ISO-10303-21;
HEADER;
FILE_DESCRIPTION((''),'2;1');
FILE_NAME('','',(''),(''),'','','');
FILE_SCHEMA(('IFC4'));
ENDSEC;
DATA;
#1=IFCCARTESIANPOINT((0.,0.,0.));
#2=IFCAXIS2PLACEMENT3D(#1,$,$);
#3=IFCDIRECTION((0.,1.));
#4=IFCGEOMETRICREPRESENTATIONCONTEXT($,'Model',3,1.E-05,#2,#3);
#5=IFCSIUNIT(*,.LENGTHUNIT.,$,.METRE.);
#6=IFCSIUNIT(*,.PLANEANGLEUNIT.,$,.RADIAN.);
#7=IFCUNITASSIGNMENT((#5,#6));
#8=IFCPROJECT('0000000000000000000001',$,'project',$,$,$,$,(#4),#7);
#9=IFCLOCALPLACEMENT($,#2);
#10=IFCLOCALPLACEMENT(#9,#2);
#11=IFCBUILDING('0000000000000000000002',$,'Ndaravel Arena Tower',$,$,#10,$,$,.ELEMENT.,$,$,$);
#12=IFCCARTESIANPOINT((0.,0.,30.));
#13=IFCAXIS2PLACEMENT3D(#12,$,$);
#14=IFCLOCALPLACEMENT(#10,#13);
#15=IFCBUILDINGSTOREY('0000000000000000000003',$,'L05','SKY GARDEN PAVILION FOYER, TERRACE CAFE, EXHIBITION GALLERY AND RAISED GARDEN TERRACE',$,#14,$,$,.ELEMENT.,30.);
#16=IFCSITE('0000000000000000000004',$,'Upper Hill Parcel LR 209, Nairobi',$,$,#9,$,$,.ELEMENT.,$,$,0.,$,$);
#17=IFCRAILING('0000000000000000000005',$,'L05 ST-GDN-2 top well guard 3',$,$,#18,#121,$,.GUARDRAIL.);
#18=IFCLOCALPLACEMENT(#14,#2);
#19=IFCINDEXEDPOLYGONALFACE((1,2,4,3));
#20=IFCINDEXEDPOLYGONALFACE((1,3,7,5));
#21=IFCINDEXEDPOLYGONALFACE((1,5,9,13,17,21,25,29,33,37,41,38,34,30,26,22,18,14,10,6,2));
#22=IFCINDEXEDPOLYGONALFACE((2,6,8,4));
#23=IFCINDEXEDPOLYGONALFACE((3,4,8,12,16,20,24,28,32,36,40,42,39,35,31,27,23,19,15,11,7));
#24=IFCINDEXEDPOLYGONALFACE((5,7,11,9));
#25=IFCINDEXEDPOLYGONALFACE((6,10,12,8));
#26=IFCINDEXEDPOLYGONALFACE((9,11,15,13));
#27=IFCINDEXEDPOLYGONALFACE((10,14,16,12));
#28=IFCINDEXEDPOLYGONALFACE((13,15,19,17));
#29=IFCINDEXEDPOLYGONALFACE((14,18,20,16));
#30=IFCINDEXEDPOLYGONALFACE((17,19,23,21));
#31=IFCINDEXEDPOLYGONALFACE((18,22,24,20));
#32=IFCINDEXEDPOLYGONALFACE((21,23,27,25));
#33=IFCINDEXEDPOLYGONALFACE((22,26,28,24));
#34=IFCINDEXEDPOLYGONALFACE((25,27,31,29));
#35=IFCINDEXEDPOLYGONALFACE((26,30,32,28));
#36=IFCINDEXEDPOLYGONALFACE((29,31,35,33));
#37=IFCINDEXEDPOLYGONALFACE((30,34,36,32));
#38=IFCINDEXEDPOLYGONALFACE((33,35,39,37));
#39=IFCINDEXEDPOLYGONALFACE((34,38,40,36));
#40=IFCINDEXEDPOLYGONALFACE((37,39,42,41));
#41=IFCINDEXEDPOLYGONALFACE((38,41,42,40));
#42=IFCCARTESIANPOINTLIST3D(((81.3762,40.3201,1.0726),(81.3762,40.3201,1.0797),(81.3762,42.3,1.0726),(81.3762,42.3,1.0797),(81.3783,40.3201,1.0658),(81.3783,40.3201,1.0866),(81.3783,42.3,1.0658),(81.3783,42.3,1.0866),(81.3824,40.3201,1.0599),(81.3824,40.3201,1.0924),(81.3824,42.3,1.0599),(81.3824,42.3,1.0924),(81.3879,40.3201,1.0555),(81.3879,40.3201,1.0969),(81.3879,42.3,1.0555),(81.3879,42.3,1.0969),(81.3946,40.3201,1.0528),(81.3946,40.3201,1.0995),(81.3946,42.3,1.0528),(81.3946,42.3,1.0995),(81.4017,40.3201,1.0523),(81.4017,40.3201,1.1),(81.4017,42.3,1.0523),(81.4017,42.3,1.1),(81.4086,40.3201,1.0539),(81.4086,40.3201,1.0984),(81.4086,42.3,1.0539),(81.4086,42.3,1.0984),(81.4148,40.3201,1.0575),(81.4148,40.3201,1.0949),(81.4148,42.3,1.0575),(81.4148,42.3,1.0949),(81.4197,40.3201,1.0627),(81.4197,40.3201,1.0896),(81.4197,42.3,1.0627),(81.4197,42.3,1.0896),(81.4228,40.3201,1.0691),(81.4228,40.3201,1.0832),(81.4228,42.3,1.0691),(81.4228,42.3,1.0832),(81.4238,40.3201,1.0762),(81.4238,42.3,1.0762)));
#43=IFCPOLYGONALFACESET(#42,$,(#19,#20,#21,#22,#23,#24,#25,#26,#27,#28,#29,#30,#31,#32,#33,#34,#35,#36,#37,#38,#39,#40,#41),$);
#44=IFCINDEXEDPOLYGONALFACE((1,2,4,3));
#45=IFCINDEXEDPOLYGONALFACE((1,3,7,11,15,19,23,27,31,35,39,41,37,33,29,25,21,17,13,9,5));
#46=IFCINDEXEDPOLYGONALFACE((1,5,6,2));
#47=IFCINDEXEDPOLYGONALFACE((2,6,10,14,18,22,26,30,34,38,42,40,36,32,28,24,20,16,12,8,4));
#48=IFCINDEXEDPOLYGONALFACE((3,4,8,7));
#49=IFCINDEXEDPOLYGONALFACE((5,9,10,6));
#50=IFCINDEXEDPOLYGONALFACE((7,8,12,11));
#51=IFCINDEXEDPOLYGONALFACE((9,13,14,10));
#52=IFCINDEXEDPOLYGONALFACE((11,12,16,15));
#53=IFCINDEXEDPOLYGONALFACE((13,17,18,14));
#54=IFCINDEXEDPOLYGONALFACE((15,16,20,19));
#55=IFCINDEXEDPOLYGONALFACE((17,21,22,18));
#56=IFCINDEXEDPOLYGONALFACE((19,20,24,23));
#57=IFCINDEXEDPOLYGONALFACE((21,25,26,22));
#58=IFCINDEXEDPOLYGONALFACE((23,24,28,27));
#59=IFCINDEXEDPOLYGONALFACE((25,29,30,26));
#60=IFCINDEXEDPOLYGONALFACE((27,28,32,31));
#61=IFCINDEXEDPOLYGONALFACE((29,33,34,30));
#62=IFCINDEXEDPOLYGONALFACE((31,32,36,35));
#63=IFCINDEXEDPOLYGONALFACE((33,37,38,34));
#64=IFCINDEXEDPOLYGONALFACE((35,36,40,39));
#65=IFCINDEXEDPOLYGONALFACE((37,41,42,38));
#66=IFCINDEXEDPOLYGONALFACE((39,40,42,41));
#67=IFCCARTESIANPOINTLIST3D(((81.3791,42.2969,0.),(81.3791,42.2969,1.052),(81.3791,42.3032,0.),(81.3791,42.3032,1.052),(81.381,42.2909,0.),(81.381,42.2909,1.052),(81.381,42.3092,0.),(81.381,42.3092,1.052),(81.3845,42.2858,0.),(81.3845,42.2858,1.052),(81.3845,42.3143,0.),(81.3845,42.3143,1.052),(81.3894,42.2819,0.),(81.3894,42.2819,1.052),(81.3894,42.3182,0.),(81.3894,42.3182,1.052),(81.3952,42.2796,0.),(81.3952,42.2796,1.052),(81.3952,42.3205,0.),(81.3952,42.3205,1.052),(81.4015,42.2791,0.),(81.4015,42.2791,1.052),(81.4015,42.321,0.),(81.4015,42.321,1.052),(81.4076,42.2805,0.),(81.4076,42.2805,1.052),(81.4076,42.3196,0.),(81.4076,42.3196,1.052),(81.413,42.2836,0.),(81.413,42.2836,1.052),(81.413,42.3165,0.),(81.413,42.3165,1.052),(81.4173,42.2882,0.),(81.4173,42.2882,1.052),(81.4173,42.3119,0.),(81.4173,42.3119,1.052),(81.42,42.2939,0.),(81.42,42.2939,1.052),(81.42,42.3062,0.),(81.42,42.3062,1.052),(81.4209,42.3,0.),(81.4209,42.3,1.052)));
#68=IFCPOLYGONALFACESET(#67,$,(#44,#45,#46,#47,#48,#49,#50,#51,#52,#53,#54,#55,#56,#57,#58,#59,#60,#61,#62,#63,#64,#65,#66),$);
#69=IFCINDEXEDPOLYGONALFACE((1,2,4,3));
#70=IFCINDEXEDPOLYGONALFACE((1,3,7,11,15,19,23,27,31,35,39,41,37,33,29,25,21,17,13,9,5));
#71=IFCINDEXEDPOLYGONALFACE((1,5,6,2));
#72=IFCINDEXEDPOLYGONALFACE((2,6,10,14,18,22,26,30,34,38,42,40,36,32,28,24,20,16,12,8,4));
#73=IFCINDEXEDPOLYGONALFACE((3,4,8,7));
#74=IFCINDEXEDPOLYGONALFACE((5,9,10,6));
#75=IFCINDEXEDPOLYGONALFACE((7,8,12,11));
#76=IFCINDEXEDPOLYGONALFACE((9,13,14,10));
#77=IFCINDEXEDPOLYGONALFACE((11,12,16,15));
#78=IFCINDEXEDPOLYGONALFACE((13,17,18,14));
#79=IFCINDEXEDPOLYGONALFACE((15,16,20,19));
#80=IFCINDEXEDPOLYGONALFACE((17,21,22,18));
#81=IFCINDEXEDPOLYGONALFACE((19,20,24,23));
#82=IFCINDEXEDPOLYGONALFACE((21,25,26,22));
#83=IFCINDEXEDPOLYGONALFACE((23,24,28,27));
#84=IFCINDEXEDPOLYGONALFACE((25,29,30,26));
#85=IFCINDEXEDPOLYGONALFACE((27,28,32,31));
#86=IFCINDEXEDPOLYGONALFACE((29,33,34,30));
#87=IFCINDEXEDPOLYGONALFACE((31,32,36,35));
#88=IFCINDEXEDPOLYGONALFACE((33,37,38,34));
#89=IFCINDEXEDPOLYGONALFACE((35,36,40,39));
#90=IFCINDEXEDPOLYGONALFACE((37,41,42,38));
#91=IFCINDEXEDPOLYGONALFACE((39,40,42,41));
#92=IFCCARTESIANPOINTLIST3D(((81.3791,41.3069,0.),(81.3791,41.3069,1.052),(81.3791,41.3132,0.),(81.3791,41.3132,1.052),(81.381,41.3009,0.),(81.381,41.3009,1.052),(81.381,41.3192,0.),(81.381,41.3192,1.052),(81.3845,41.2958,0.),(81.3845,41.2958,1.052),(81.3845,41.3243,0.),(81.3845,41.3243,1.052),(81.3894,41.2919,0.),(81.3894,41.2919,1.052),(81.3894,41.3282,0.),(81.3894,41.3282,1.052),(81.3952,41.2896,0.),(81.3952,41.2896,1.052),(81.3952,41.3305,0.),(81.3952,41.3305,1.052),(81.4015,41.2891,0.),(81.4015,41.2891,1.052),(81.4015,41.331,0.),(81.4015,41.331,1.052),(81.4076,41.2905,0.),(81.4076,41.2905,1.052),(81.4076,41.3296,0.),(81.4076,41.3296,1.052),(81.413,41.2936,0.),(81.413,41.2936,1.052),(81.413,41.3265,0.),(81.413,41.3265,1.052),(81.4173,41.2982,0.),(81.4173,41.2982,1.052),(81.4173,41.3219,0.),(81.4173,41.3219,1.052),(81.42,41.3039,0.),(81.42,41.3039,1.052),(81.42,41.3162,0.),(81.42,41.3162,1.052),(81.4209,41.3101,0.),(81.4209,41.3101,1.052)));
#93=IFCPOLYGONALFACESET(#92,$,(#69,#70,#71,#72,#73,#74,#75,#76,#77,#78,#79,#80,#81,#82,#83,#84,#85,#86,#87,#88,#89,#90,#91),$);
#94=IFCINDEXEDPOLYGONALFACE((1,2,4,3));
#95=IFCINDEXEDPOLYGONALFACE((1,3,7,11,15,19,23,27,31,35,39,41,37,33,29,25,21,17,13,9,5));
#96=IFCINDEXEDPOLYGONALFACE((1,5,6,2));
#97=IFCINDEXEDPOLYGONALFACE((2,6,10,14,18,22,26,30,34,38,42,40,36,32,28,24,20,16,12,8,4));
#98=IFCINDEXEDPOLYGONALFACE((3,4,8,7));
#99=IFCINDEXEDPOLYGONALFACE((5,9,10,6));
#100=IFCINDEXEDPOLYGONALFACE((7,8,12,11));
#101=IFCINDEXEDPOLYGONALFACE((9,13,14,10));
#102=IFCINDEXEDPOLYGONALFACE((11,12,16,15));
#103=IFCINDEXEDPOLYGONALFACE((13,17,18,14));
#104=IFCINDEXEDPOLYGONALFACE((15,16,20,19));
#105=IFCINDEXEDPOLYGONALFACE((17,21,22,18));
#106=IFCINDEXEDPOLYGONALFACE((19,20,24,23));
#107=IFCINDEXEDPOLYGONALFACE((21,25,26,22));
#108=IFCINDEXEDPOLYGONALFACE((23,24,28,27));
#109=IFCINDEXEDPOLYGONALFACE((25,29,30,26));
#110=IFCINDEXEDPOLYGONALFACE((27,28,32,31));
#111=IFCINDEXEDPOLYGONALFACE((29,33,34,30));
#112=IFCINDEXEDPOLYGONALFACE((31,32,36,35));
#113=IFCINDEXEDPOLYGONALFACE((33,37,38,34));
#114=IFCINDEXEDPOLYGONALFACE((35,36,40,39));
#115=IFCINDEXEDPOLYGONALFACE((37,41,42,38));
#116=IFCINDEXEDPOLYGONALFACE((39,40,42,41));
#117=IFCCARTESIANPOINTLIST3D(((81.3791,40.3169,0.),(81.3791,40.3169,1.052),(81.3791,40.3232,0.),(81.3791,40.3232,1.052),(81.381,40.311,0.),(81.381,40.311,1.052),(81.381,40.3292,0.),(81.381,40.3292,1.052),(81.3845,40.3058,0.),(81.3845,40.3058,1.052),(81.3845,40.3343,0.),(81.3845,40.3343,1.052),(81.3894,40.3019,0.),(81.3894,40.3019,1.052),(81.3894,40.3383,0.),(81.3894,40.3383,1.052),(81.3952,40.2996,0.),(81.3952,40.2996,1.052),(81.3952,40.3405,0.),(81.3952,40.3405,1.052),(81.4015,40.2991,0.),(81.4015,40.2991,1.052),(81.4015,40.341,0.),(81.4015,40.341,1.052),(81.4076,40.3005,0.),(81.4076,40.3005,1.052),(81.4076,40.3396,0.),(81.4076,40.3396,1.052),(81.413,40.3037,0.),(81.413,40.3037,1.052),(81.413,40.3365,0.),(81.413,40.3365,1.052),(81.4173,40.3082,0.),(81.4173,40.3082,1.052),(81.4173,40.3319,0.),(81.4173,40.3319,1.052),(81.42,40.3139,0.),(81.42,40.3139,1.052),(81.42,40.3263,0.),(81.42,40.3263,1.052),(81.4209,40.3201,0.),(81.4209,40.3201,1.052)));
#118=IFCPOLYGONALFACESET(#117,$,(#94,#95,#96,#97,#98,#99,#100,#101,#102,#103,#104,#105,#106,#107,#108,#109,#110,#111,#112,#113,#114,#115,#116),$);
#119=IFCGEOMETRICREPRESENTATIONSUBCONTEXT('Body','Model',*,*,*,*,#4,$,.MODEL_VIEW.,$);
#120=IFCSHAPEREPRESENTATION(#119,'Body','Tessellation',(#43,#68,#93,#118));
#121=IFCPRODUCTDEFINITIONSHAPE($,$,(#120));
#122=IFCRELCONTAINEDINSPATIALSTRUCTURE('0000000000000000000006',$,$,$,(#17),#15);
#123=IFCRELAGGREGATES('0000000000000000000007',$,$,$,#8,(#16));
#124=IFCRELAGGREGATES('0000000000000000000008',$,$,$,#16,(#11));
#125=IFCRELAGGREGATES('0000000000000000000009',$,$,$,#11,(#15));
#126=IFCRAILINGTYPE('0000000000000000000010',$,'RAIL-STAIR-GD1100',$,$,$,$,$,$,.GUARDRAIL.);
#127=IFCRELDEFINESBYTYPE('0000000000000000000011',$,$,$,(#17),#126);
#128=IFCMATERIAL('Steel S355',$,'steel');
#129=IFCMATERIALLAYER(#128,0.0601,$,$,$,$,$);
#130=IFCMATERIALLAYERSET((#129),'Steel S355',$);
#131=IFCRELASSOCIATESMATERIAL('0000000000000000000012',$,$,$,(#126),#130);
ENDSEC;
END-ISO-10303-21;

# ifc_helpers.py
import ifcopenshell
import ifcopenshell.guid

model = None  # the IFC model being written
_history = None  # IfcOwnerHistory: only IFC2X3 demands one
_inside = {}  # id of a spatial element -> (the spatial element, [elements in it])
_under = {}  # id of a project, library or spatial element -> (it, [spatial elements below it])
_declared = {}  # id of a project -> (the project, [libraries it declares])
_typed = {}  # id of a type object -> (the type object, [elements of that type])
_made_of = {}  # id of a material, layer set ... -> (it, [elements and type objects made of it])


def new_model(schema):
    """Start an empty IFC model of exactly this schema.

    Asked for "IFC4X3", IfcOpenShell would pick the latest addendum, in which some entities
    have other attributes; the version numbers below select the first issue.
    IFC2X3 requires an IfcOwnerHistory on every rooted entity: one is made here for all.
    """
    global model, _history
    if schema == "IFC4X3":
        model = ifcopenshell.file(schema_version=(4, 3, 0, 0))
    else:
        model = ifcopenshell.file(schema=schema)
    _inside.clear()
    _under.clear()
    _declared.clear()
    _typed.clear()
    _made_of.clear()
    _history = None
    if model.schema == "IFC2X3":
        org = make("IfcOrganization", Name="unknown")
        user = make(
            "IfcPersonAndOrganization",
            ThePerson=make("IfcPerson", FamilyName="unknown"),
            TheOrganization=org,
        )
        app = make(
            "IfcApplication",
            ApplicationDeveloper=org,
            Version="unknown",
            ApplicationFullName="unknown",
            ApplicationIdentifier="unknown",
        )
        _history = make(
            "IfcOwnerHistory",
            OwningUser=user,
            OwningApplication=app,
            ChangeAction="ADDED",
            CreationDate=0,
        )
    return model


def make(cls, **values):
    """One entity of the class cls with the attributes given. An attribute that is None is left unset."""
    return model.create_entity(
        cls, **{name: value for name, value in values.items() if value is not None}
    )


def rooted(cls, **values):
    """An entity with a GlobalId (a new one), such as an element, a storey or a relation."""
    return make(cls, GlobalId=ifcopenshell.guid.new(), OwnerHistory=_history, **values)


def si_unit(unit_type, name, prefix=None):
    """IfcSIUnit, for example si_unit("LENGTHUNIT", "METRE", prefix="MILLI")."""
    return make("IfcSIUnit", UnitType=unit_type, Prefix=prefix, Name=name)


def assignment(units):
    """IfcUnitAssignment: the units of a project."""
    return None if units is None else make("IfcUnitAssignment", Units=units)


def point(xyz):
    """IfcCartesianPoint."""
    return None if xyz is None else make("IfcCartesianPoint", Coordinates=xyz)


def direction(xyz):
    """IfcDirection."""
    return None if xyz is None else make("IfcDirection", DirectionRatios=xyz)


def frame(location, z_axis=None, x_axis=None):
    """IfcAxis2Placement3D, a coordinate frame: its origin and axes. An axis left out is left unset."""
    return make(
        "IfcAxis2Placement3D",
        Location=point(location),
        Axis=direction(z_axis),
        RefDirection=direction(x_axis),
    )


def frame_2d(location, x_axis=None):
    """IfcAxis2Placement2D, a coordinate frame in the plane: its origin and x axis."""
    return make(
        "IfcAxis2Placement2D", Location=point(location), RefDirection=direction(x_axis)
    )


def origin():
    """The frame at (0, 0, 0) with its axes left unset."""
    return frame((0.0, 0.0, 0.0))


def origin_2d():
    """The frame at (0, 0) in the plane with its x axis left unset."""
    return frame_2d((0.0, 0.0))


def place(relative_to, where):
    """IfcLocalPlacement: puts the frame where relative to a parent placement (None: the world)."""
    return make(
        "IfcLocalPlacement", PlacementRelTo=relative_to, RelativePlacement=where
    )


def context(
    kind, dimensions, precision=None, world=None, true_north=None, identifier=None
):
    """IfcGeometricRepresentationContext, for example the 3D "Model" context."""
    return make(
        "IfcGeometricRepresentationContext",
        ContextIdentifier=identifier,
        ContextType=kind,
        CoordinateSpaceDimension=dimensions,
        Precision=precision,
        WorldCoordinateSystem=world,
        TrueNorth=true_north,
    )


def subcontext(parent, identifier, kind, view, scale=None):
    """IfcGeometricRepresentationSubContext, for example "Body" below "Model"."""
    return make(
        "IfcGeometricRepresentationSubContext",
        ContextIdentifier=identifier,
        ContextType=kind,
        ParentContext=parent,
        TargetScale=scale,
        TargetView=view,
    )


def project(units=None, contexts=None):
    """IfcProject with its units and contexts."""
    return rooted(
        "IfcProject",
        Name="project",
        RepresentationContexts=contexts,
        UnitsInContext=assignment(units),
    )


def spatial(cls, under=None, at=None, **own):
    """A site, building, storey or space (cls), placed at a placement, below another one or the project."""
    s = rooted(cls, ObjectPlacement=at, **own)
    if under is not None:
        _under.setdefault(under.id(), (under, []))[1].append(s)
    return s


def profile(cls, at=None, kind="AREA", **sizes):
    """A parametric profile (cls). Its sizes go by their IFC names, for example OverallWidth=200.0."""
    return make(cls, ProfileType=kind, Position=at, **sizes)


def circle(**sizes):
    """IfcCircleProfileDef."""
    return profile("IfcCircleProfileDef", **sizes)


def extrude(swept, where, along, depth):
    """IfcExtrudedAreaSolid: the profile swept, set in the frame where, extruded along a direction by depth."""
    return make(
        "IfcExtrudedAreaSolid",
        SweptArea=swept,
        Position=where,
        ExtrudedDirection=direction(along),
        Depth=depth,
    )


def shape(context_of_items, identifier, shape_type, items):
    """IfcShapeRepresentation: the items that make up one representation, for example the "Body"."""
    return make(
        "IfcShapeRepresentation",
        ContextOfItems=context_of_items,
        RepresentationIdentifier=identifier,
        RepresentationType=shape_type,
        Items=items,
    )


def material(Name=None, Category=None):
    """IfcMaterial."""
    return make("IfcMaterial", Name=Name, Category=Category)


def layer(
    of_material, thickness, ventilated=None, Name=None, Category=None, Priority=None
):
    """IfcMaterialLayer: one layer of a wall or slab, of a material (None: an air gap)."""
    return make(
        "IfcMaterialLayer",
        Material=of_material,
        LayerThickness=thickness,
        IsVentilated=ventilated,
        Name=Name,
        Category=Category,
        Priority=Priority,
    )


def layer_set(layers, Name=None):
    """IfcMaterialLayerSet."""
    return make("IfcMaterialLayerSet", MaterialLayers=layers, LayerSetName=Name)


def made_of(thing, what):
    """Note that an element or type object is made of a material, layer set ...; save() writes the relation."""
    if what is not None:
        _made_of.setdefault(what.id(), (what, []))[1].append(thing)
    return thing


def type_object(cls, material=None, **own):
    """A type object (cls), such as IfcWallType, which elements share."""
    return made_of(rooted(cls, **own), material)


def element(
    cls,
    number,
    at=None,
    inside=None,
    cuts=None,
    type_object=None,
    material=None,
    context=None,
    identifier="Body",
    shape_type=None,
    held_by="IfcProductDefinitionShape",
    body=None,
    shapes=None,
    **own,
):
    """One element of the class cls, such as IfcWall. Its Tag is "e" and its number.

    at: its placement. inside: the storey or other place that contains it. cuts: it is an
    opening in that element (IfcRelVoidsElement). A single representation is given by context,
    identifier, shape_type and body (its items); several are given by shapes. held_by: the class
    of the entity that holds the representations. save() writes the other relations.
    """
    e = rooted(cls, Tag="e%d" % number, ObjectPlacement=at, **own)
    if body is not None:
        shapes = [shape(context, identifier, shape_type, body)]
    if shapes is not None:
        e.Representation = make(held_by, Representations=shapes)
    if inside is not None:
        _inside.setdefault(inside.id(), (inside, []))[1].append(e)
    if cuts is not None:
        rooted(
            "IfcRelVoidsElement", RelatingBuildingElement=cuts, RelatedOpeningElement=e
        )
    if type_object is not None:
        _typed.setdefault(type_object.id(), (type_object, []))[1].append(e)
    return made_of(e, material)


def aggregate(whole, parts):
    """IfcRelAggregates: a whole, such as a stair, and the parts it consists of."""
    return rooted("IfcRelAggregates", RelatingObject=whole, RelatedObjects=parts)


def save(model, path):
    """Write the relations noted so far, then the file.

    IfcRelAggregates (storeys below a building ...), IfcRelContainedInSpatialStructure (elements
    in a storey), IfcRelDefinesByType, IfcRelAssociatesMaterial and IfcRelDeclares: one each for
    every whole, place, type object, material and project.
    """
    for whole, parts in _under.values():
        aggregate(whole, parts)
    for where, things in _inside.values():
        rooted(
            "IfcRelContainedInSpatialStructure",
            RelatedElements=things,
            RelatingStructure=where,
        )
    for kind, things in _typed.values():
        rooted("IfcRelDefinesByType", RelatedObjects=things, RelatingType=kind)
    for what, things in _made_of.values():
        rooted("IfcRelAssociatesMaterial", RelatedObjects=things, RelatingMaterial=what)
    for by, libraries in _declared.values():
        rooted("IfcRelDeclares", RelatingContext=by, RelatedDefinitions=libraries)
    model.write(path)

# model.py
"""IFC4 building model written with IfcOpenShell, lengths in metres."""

from ifc_helpers import new_model, si_unit, direction, frame, origin, origin_2d, place, context, subcontext, project, spatial, circle, extrude, material, layer, layer_set, type_object, element, save


model = new_model("IFC4")

# Units and contexts
model_context = context("Model", 3, precision=1e-05, world=origin(), true_north=direction((0.0, 1.0)))
body_context = subcontext(model_context, "Body", "Model", "MODEL_VIEW")
ifc_project = project(units=[si_unit("LENGTHUNIT", "METRE"), si_unit("PLANEANGLEUNIT", "RADIAN")], contexts=[model_context])

# Site, building, storey
site_placement = place(None, origin())
site = spatial("IfcSite", under=ifc_project, at=site_placement, Name="Upper Hill Parcel LR 209, Nairobi", CompositionType="ELEMENT", RefElevation=0.0)
building_placement = place(site_placement, origin())
building = spatial("IfcBuilding", under=site, at=building_placement, Name="Ndaravel Arena Tower", CompositionType="ELEMENT")
storey_placement = place(building_placement, frame((0.0, 0.0, 30.0)))
storey = spatial("IfcBuildingStorey", under=building, at=storey_placement, Name="L05", Description="SKY GARDEN PAVILION FOYER, TERRACE CAFE, EXHIBITION GALLERY AND RAISED GARDEN TERRACE", CompositionType="ELEMENT", Elevation=30.0)

# Railing
ifc_material_1 = material(Name="Steel S355", Category="steel")
ifc_layer_1 = layer(ifc_material_1, 0.0601)
ifc_layer_set_1 = layer_set([ifc_layer_1], Name="Steel S355")
railing_type_1 = type_object("IfcRailingType", Name="RAIL-STAIR-GD1100", PredefinedType="GUARDRAIL", material=ifc_layer_set_1)
for number, where, name in (
    (1, (81.3999, 42.3, 0.0), "L05 ST-GDN-2 top well guard 3"),
):
    element("IfcRailing", number, at=place(storey_placement, frame(where)), inside=storey, type_object=railing_type_1, Name=name, PredefinedType="GUARDRAIL", context=body_context, shape_type="SweptSolid", body=[
        extrude(circle(Radius=0.0239, at=origin_2d()), frame((0.0, 0.0, 1.0762), z_axis=(0.0, -1.0, 0.0), x_axis=(1.0, 0.0, 0.0)), (0.0, 0.0, 1.0), 1.98),
        extrude(circle(Radius=0.021, at=origin_2d()), origin(), (0.0, 0.0, 1.0), 1.052),
        extrude(circle(Radius=0.021, at=origin_2d()), frame((0.0, -0.99, 0.0)), (0.0, 0.0, 1.0), 1.052),
        extrude(circle(Radius=0.021, at=origin_2d()), frame((0.0, -1.98, 0.0)), (0.0, 0.0, 1.0), 1.052),
    ])

save(model, "model.ifc")
